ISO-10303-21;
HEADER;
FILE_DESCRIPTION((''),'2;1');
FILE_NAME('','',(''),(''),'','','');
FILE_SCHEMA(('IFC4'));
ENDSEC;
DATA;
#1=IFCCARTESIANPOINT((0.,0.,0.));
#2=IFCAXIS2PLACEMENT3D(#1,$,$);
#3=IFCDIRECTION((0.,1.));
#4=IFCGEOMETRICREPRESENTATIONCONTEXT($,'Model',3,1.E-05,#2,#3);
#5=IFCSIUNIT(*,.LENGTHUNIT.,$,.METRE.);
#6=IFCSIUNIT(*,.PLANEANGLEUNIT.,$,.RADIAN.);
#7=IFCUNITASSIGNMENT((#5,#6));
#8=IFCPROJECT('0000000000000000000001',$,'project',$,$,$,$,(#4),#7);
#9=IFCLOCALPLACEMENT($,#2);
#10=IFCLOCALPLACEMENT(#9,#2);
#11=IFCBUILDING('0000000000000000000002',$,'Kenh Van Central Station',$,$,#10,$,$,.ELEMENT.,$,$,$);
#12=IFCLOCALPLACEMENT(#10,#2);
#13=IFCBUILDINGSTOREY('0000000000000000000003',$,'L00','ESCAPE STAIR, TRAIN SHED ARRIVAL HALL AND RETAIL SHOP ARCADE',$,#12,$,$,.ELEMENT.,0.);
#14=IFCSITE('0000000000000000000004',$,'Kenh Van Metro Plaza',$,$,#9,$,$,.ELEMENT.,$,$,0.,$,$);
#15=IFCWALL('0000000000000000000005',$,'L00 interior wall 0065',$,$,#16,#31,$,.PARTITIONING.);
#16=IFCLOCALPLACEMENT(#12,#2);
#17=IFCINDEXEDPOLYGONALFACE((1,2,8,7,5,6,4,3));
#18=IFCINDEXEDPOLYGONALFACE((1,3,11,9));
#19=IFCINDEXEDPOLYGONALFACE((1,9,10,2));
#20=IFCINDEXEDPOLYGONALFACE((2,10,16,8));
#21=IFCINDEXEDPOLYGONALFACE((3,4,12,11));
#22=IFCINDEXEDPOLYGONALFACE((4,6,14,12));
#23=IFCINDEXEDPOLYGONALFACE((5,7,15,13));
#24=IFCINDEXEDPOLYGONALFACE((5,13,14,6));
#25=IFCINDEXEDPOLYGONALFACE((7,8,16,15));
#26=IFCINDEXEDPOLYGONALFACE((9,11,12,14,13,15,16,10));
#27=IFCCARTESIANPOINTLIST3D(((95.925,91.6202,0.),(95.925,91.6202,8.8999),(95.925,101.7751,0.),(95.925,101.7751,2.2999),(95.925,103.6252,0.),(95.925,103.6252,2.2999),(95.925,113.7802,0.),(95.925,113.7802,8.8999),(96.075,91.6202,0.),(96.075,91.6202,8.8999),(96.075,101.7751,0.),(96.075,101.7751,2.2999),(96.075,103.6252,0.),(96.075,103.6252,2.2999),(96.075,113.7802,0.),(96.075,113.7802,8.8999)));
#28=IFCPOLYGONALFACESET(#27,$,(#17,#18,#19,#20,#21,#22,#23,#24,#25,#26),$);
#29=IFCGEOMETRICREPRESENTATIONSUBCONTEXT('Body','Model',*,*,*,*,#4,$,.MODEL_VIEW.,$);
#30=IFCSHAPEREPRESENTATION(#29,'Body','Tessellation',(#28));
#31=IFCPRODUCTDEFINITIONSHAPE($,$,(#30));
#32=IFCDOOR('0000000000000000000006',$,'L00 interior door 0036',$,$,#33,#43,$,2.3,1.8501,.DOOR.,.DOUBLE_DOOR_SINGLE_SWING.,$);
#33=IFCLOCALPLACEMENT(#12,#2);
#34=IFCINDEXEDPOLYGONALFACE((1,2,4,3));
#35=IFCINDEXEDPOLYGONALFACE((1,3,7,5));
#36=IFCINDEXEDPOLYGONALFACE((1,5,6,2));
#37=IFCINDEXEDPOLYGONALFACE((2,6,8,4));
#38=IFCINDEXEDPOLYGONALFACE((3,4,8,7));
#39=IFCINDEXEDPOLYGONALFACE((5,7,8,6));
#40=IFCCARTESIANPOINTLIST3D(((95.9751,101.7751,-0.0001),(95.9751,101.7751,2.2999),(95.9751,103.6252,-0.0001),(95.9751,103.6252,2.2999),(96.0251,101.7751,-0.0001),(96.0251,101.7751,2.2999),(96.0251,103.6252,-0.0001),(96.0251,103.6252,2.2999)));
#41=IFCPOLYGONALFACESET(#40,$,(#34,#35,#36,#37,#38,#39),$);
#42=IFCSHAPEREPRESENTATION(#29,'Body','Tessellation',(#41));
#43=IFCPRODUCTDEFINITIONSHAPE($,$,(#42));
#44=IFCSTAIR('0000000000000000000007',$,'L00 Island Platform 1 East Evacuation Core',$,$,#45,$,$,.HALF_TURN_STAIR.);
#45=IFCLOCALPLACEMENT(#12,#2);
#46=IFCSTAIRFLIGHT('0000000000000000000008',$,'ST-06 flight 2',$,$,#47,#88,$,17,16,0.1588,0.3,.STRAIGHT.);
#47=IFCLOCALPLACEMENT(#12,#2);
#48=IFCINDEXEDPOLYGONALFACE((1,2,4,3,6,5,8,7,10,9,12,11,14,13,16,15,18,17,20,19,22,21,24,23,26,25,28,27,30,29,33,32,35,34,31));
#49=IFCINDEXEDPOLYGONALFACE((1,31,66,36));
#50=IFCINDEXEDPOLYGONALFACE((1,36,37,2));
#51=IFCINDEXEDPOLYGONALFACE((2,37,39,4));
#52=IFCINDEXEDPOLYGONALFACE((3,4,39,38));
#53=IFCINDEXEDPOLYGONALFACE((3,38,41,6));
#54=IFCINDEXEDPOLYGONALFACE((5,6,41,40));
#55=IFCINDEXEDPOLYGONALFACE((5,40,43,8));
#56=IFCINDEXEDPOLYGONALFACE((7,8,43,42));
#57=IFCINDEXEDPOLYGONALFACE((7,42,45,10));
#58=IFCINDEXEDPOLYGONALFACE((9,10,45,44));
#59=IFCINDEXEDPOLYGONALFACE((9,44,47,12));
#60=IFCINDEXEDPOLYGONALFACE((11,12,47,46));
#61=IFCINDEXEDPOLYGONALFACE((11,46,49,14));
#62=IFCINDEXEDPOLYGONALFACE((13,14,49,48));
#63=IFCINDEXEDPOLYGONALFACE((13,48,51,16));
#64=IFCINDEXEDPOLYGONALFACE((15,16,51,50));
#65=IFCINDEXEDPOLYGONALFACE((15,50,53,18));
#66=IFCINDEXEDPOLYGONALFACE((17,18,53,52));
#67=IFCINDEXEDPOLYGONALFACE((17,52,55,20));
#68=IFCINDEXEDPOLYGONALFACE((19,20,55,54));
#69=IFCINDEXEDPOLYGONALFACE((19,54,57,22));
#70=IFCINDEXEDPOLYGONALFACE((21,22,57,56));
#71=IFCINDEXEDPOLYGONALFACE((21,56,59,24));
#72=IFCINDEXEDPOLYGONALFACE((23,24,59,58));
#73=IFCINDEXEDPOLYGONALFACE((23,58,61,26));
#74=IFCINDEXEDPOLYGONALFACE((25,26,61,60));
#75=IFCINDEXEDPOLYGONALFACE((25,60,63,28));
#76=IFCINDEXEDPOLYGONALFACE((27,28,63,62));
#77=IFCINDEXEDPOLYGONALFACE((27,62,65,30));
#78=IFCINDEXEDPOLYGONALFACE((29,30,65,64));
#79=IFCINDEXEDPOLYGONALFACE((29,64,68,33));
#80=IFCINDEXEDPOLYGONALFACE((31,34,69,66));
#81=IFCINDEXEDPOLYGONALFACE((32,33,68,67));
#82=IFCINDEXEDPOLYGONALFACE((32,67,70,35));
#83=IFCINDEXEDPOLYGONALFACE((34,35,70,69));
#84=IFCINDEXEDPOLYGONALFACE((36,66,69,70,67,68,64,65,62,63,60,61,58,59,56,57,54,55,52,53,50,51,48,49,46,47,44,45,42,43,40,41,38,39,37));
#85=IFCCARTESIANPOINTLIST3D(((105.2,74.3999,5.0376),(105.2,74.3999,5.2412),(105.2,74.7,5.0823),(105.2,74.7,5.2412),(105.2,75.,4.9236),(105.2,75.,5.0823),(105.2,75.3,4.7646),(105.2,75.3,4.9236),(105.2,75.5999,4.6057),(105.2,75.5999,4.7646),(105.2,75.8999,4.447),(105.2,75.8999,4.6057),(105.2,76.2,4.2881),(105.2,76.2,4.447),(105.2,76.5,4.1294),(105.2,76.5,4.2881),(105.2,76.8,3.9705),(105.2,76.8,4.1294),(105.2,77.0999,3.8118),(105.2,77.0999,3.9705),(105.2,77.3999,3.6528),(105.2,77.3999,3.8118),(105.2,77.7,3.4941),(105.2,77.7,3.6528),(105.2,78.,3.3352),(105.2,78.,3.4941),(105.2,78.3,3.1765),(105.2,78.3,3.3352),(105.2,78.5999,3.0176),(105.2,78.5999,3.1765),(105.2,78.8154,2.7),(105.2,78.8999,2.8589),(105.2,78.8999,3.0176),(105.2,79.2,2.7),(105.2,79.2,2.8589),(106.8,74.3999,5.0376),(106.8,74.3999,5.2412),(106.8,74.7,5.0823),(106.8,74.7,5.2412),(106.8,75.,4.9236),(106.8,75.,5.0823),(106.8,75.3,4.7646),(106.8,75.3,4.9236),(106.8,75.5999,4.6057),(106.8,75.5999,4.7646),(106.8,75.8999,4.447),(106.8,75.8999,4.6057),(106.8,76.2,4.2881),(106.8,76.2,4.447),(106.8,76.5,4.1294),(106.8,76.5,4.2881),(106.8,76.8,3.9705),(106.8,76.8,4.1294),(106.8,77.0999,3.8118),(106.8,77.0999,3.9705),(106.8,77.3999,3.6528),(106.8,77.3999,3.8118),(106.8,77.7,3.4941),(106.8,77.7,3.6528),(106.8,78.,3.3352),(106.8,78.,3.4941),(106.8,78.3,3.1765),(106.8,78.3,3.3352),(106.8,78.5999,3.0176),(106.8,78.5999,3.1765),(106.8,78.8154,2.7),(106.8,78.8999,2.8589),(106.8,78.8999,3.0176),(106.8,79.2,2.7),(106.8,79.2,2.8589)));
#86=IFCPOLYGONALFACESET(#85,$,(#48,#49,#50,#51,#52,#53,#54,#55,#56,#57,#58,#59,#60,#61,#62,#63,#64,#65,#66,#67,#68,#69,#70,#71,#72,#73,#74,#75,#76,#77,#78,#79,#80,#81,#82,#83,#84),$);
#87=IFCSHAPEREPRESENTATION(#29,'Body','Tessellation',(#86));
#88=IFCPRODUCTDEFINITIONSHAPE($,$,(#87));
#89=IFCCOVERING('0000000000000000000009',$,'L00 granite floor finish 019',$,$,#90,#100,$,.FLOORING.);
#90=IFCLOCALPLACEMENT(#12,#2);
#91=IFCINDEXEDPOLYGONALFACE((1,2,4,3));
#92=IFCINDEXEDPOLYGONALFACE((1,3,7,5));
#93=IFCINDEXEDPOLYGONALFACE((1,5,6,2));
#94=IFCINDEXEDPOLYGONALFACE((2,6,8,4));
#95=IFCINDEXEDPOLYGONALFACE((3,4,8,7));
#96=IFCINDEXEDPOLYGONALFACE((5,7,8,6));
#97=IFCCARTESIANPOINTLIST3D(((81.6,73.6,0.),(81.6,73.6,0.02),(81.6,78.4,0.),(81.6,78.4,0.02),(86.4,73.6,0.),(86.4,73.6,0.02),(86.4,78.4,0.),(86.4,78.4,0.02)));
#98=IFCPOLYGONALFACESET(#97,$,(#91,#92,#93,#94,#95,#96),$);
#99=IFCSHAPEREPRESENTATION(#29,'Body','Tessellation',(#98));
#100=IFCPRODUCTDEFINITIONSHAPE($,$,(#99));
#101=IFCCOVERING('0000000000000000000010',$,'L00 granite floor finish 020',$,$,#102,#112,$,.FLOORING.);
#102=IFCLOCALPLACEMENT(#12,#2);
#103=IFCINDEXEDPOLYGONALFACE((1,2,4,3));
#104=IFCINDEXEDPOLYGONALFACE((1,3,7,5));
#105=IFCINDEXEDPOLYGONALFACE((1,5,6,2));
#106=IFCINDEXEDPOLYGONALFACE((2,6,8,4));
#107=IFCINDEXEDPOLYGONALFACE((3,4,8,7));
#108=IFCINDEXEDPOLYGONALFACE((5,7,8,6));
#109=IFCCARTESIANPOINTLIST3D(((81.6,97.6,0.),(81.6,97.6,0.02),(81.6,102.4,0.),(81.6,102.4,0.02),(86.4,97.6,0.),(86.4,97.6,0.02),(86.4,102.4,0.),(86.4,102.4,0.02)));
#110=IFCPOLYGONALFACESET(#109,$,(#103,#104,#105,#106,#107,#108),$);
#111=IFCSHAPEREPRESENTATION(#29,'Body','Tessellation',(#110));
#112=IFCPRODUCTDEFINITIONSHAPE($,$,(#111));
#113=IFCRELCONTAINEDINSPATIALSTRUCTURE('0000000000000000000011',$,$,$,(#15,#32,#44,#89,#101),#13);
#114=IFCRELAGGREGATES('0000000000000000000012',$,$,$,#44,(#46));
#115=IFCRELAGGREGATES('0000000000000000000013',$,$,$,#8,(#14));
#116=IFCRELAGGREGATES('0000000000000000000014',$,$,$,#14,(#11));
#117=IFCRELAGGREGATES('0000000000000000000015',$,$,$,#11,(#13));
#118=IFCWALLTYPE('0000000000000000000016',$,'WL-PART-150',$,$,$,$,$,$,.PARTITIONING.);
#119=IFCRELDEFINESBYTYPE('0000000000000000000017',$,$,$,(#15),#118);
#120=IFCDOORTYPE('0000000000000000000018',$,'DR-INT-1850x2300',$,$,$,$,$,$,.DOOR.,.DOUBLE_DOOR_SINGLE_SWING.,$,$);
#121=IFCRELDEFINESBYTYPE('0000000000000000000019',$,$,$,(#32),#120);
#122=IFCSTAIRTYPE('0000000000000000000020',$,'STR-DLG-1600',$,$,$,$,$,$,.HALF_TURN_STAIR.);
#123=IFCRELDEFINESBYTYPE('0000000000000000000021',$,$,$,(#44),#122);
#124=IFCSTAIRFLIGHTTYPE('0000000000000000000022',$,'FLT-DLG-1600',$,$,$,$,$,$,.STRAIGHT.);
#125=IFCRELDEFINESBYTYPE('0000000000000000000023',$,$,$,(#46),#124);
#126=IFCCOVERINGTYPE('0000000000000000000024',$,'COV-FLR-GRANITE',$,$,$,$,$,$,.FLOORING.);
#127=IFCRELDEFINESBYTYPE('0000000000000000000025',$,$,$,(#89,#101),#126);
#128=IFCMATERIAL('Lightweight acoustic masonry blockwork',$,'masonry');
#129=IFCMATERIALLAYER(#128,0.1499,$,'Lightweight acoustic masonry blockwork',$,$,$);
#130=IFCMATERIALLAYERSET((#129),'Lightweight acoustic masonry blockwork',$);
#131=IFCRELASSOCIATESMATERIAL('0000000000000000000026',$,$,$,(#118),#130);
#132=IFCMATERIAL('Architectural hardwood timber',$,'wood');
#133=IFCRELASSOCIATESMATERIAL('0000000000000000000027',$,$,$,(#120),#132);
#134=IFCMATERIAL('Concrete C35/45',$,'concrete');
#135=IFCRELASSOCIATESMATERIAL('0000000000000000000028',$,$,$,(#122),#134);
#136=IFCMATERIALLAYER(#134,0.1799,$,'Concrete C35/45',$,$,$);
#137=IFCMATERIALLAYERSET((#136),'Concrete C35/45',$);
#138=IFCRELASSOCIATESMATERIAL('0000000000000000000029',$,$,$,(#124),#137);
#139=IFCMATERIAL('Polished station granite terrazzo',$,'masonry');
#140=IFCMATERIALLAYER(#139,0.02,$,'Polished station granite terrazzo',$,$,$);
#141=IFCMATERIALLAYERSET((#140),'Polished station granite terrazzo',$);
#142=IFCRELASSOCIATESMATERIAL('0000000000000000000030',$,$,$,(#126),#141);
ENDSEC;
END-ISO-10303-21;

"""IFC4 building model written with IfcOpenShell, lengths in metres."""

from ifc_helpers import new_model, si_unit, direction, frame, frame_2d, origin, origin_2d, place, context, subcontext, project, spatial, polyline, rectangle, outline, extrude, material, layer, layer_set, type_object, element, fill, aggregate, save


model = new_model("IFC4")

# Units and contexts
model_context = context("Model", 3, precision=1e-05, world=origin(), true_north=direction((0.0, 1.0)))
body_context = subcontext(model_context, "Body", "Model", "MODEL_VIEW")
ifc_project = project(units=[si_unit("LENGTHUNIT", "METRE"), si_unit("PLANEANGLEUNIT", "RADIAN")], contexts=[model_context])

# Site, building, storey
site_placement = place(None, origin())
site = spatial("IfcSite", under=ifc_project, at=site_placement, Name="Kenh Van Metro Plaza", CompositionType="ELEMENT", RefElevation=0.0)
building_placement = place(site_placement, origin())
building = spatial("IfcBuilding", under=site, at=building_placement, Name="Kenh Van Central Station", CompositionType="ELEMENT")
storey_placement = place(building_placement, origin())
storey = spatial("IfcBuildingStorey", under=building, at=storey_placement, Name="L00", Description="ESCAPE STAIR, TRAIN SHED ARRIVAL HALL AND RETAIL SHOP ARCADE", CompositionType="ELEMENT", Elevation=0.0)

# Wall, opening, door
ifc_material_1 = material(Name="Lightweight acoustic masonry blockwork", Category="masonry")
ifc_layer_1 = layer(ifc_material_1, 0.1499, Name="Lightweight acoustic masonry blockwork")
ifc_layer_set_1 = layer_set([ifc_layer_1], Name="Lightweight acoustic masonry blockwork")
wall_type_1 = type_object("IfcWallType", Name="WL-PART-150", PredefinedType="PARTITIONING", material=ifc_layer_set_1)
wall_1_placement = place(storey_placement, frame((96.0, 91.6201, 0.0), z_axis=(0.0, 0.0, 1.0), x_axis=(0.0, 1.0, 0.0)))
wall_1 = element("IfcWall", 1, at=wall_1_placement, inside=storey, type_object=wall_type_1, Name="L00 interior wall 0065", PredefinedType="PARTITIONING", context=body_context, shape_type="SweptSolid", body=[
    extrude(rectangle(XDim=22.1599, YDim=0.1499, at=frame_2d((11.0801, 0.0))), origin(), (0.0, 0.0, 1.0), 8.8999),
])
opening_1_placement = place(wall_1_placement, frame((10.155, 0.0, 0.0)))
opening_1 = element("IfcOpeningElement", 2, at=opening_1_placement, cuts=wall_1, PredefinedType="OPENING", context=body_context, shape_type="SweptSolid", body=[
    extrude(rectangle(XDim=1.8501, YDim=2.3, at=frame_2d((0.925, 1.1499))), frame((0.0, 0.085, 0.0), z_axis=(0.0, -1.0, 0.0), x_axis=(1.0, 0.0, 0.0)), (0.0, 0.0, 1.0), 0.1699),
])
ifc_material_2 = material(Name="Architectural hardwood timber", Category="wood")
door_type_1 = type_object("IfcDoorType", Name="DR-INT-1850x2300", OperationType="DOUBLE_DOOR_SINGLE_SWING", PredefinedType="DOOR", material=ifc_material_2)
door_1_placement = place(opening_1_placement, origin())
door_1 = element("IfcDoor", 3, at=door_1_placement, inside=storey, type_object=door_type_1, Name="L00 interior door 0036", OperationType="DOUBLE_DOOR_SINGLE_SWING", OverallHeight=2.3, OverallWidth=1.8501, PredefinedType="DOOR", context=body_context, shape_type="SweptSolid", body=[
    extrude(rectangle(XDim=1.8501, YDim=2.3, at=frame_2d((0.925, 1.1499))), frame((0.0, 0.0249, 0.0), z_axis=(0.0, -1.0, 0.0), x_axis=(1.0, 0.0, 0.0)), (0.0, 0.0, 1.0), 0.05),
])
fill(opening_1, door_1)

# Stair, stair flight
ifc_material_3 = material(Name="Concrete C35/45", Category="concrete")
stair_type = type_object("IfcStairType", Name="STR-DLG-1600", PredefinedType="HALF_TURN_STAIR", material=ifc_material_3)
stair_placement = place(storey_placement, origin())
stair = element("IfcStair", 4, at=stair_placement, inside=storey, type_object=stair_type, Name="L00 Island Platform 1 East Evacuation Core", PredefinedType="HALF_TURN_STAIR")
ifc_layer_2 = layer(ifc_material_3, 0.1799, Name="Concrete C35/45")
ifc_layer_set_2 = layer_set([ifc_layer_2], Name="Concrete C35/45")
stair_flight_type = type_object("IfcStairFlightType", Name="FLT-DLG-1600", PredefinedType="STRAIGHT", material=ifc_layer_set_2)
stair_flight_placement = place(storey_placement, frame((106.0, 79.2, 2.7), z_axis=(0.0, 0.0, 1.0), x_axis=(0.0, -1.0, 0.0)))
stair_flight = element("IfcStairFlight", 5, at=stair_flight_placement, type_object=stair_flight_type, Name="ST-06 flight 2", NumberOfRisers=17, NumberOfTreads=16, PredefinedType="STRAIGHT", RiserHeight=0.1588, TreadLength=0.3, context=body_context, shape_type="SweptSolid", body=[
    extrude(outline(polyline([(0.0, 0.0), (0.0, 0.1589), (0.3, 0.1589), (0.3, 0.3176), (0.6001, 0.3176), (0.6001, 0.4766), (0.8999, 0.4766), (0.8999, 0.6353), (1.2, 0.6353), (1.2, 0.7942), (1.5, 0.7942), (1.5, 0.9529), (1.8, 0.9529), (1.8, 1.1118), (2.1001, 1.1118), (2.1001, 1.2705), (2.3999, 1.2705), (2.3999, 1.4294), (2.7, 1.4294), (2.7, 1.5881), (3.0, 1.5881), (3.0, 1.7471), (3.3, 1.7471), (3.3, 1.9058), (3.6001, 1.9058), (3.6001, 2.0647), (3.8999, 2.0647), (3.8999, 2.2236), (4.2, 2.2236), (4.2, 2.3823), (4.5, 2.3823), (4.5, 2.5413), (4.8, 2.5413), (4.8, 2.7), (4.8, 2.3376), (0.3845, 0.0), (0.0, 0.0)])), frame((0.0, 0.8, 0.0), z_axis=(0.0, -1.0, 0.0), x_axis=(1.0, 0.0, 0.0)), (0.0, 0.0, 1.0), 1.6001),
])
aggregate(stair, [stair_flight])

# Coverings
ifc_material_4 = material(Name="Polished station granite terrazzo", Category="masonry")
ifc_layer_3 = layer(ifc_material_4, 0.02, Name="Polished station granite terrazzo")
ifc_layer_set_3 = layer_set([ifc_layer_3], Name="Polished station granite terrazzo")
covering_type = type_object("IfcCoveringType", Name="COV-FLR-GRANITE", PredefinedType="FLOORING", material=ifc_layer_set_3)
for number, where, z_axis, x_axis, name in (
    (6, (84.0, 76.0, 0.0), (0.0, 0.0, 1.0), (1.0, 0.0, 0.0), "L00 granite floor finish 019"),
    (7, (84.0, 100.0, 0.0), (0.0, 0.0, 1.0), (1.0, 0.0, 0.0), "L00 granite floor finish 020"),
):
    element("IfcCovering", number, at=place(storey_placement, frame(where, z_axis=z_axis, x_axis=x_axis)), inside=storey, type_object=covering_type, Name=name, PredefinedType="FLOORING", context=body_context, shape_type="SweptSolid", body=[
        extrude(rectangle(XDim=4.8, YDim=4.8, at=origin_2d()), origin(), (0.0, 0.0, 1.0), 0.02),
    ])

save(model, "model.ifc")
